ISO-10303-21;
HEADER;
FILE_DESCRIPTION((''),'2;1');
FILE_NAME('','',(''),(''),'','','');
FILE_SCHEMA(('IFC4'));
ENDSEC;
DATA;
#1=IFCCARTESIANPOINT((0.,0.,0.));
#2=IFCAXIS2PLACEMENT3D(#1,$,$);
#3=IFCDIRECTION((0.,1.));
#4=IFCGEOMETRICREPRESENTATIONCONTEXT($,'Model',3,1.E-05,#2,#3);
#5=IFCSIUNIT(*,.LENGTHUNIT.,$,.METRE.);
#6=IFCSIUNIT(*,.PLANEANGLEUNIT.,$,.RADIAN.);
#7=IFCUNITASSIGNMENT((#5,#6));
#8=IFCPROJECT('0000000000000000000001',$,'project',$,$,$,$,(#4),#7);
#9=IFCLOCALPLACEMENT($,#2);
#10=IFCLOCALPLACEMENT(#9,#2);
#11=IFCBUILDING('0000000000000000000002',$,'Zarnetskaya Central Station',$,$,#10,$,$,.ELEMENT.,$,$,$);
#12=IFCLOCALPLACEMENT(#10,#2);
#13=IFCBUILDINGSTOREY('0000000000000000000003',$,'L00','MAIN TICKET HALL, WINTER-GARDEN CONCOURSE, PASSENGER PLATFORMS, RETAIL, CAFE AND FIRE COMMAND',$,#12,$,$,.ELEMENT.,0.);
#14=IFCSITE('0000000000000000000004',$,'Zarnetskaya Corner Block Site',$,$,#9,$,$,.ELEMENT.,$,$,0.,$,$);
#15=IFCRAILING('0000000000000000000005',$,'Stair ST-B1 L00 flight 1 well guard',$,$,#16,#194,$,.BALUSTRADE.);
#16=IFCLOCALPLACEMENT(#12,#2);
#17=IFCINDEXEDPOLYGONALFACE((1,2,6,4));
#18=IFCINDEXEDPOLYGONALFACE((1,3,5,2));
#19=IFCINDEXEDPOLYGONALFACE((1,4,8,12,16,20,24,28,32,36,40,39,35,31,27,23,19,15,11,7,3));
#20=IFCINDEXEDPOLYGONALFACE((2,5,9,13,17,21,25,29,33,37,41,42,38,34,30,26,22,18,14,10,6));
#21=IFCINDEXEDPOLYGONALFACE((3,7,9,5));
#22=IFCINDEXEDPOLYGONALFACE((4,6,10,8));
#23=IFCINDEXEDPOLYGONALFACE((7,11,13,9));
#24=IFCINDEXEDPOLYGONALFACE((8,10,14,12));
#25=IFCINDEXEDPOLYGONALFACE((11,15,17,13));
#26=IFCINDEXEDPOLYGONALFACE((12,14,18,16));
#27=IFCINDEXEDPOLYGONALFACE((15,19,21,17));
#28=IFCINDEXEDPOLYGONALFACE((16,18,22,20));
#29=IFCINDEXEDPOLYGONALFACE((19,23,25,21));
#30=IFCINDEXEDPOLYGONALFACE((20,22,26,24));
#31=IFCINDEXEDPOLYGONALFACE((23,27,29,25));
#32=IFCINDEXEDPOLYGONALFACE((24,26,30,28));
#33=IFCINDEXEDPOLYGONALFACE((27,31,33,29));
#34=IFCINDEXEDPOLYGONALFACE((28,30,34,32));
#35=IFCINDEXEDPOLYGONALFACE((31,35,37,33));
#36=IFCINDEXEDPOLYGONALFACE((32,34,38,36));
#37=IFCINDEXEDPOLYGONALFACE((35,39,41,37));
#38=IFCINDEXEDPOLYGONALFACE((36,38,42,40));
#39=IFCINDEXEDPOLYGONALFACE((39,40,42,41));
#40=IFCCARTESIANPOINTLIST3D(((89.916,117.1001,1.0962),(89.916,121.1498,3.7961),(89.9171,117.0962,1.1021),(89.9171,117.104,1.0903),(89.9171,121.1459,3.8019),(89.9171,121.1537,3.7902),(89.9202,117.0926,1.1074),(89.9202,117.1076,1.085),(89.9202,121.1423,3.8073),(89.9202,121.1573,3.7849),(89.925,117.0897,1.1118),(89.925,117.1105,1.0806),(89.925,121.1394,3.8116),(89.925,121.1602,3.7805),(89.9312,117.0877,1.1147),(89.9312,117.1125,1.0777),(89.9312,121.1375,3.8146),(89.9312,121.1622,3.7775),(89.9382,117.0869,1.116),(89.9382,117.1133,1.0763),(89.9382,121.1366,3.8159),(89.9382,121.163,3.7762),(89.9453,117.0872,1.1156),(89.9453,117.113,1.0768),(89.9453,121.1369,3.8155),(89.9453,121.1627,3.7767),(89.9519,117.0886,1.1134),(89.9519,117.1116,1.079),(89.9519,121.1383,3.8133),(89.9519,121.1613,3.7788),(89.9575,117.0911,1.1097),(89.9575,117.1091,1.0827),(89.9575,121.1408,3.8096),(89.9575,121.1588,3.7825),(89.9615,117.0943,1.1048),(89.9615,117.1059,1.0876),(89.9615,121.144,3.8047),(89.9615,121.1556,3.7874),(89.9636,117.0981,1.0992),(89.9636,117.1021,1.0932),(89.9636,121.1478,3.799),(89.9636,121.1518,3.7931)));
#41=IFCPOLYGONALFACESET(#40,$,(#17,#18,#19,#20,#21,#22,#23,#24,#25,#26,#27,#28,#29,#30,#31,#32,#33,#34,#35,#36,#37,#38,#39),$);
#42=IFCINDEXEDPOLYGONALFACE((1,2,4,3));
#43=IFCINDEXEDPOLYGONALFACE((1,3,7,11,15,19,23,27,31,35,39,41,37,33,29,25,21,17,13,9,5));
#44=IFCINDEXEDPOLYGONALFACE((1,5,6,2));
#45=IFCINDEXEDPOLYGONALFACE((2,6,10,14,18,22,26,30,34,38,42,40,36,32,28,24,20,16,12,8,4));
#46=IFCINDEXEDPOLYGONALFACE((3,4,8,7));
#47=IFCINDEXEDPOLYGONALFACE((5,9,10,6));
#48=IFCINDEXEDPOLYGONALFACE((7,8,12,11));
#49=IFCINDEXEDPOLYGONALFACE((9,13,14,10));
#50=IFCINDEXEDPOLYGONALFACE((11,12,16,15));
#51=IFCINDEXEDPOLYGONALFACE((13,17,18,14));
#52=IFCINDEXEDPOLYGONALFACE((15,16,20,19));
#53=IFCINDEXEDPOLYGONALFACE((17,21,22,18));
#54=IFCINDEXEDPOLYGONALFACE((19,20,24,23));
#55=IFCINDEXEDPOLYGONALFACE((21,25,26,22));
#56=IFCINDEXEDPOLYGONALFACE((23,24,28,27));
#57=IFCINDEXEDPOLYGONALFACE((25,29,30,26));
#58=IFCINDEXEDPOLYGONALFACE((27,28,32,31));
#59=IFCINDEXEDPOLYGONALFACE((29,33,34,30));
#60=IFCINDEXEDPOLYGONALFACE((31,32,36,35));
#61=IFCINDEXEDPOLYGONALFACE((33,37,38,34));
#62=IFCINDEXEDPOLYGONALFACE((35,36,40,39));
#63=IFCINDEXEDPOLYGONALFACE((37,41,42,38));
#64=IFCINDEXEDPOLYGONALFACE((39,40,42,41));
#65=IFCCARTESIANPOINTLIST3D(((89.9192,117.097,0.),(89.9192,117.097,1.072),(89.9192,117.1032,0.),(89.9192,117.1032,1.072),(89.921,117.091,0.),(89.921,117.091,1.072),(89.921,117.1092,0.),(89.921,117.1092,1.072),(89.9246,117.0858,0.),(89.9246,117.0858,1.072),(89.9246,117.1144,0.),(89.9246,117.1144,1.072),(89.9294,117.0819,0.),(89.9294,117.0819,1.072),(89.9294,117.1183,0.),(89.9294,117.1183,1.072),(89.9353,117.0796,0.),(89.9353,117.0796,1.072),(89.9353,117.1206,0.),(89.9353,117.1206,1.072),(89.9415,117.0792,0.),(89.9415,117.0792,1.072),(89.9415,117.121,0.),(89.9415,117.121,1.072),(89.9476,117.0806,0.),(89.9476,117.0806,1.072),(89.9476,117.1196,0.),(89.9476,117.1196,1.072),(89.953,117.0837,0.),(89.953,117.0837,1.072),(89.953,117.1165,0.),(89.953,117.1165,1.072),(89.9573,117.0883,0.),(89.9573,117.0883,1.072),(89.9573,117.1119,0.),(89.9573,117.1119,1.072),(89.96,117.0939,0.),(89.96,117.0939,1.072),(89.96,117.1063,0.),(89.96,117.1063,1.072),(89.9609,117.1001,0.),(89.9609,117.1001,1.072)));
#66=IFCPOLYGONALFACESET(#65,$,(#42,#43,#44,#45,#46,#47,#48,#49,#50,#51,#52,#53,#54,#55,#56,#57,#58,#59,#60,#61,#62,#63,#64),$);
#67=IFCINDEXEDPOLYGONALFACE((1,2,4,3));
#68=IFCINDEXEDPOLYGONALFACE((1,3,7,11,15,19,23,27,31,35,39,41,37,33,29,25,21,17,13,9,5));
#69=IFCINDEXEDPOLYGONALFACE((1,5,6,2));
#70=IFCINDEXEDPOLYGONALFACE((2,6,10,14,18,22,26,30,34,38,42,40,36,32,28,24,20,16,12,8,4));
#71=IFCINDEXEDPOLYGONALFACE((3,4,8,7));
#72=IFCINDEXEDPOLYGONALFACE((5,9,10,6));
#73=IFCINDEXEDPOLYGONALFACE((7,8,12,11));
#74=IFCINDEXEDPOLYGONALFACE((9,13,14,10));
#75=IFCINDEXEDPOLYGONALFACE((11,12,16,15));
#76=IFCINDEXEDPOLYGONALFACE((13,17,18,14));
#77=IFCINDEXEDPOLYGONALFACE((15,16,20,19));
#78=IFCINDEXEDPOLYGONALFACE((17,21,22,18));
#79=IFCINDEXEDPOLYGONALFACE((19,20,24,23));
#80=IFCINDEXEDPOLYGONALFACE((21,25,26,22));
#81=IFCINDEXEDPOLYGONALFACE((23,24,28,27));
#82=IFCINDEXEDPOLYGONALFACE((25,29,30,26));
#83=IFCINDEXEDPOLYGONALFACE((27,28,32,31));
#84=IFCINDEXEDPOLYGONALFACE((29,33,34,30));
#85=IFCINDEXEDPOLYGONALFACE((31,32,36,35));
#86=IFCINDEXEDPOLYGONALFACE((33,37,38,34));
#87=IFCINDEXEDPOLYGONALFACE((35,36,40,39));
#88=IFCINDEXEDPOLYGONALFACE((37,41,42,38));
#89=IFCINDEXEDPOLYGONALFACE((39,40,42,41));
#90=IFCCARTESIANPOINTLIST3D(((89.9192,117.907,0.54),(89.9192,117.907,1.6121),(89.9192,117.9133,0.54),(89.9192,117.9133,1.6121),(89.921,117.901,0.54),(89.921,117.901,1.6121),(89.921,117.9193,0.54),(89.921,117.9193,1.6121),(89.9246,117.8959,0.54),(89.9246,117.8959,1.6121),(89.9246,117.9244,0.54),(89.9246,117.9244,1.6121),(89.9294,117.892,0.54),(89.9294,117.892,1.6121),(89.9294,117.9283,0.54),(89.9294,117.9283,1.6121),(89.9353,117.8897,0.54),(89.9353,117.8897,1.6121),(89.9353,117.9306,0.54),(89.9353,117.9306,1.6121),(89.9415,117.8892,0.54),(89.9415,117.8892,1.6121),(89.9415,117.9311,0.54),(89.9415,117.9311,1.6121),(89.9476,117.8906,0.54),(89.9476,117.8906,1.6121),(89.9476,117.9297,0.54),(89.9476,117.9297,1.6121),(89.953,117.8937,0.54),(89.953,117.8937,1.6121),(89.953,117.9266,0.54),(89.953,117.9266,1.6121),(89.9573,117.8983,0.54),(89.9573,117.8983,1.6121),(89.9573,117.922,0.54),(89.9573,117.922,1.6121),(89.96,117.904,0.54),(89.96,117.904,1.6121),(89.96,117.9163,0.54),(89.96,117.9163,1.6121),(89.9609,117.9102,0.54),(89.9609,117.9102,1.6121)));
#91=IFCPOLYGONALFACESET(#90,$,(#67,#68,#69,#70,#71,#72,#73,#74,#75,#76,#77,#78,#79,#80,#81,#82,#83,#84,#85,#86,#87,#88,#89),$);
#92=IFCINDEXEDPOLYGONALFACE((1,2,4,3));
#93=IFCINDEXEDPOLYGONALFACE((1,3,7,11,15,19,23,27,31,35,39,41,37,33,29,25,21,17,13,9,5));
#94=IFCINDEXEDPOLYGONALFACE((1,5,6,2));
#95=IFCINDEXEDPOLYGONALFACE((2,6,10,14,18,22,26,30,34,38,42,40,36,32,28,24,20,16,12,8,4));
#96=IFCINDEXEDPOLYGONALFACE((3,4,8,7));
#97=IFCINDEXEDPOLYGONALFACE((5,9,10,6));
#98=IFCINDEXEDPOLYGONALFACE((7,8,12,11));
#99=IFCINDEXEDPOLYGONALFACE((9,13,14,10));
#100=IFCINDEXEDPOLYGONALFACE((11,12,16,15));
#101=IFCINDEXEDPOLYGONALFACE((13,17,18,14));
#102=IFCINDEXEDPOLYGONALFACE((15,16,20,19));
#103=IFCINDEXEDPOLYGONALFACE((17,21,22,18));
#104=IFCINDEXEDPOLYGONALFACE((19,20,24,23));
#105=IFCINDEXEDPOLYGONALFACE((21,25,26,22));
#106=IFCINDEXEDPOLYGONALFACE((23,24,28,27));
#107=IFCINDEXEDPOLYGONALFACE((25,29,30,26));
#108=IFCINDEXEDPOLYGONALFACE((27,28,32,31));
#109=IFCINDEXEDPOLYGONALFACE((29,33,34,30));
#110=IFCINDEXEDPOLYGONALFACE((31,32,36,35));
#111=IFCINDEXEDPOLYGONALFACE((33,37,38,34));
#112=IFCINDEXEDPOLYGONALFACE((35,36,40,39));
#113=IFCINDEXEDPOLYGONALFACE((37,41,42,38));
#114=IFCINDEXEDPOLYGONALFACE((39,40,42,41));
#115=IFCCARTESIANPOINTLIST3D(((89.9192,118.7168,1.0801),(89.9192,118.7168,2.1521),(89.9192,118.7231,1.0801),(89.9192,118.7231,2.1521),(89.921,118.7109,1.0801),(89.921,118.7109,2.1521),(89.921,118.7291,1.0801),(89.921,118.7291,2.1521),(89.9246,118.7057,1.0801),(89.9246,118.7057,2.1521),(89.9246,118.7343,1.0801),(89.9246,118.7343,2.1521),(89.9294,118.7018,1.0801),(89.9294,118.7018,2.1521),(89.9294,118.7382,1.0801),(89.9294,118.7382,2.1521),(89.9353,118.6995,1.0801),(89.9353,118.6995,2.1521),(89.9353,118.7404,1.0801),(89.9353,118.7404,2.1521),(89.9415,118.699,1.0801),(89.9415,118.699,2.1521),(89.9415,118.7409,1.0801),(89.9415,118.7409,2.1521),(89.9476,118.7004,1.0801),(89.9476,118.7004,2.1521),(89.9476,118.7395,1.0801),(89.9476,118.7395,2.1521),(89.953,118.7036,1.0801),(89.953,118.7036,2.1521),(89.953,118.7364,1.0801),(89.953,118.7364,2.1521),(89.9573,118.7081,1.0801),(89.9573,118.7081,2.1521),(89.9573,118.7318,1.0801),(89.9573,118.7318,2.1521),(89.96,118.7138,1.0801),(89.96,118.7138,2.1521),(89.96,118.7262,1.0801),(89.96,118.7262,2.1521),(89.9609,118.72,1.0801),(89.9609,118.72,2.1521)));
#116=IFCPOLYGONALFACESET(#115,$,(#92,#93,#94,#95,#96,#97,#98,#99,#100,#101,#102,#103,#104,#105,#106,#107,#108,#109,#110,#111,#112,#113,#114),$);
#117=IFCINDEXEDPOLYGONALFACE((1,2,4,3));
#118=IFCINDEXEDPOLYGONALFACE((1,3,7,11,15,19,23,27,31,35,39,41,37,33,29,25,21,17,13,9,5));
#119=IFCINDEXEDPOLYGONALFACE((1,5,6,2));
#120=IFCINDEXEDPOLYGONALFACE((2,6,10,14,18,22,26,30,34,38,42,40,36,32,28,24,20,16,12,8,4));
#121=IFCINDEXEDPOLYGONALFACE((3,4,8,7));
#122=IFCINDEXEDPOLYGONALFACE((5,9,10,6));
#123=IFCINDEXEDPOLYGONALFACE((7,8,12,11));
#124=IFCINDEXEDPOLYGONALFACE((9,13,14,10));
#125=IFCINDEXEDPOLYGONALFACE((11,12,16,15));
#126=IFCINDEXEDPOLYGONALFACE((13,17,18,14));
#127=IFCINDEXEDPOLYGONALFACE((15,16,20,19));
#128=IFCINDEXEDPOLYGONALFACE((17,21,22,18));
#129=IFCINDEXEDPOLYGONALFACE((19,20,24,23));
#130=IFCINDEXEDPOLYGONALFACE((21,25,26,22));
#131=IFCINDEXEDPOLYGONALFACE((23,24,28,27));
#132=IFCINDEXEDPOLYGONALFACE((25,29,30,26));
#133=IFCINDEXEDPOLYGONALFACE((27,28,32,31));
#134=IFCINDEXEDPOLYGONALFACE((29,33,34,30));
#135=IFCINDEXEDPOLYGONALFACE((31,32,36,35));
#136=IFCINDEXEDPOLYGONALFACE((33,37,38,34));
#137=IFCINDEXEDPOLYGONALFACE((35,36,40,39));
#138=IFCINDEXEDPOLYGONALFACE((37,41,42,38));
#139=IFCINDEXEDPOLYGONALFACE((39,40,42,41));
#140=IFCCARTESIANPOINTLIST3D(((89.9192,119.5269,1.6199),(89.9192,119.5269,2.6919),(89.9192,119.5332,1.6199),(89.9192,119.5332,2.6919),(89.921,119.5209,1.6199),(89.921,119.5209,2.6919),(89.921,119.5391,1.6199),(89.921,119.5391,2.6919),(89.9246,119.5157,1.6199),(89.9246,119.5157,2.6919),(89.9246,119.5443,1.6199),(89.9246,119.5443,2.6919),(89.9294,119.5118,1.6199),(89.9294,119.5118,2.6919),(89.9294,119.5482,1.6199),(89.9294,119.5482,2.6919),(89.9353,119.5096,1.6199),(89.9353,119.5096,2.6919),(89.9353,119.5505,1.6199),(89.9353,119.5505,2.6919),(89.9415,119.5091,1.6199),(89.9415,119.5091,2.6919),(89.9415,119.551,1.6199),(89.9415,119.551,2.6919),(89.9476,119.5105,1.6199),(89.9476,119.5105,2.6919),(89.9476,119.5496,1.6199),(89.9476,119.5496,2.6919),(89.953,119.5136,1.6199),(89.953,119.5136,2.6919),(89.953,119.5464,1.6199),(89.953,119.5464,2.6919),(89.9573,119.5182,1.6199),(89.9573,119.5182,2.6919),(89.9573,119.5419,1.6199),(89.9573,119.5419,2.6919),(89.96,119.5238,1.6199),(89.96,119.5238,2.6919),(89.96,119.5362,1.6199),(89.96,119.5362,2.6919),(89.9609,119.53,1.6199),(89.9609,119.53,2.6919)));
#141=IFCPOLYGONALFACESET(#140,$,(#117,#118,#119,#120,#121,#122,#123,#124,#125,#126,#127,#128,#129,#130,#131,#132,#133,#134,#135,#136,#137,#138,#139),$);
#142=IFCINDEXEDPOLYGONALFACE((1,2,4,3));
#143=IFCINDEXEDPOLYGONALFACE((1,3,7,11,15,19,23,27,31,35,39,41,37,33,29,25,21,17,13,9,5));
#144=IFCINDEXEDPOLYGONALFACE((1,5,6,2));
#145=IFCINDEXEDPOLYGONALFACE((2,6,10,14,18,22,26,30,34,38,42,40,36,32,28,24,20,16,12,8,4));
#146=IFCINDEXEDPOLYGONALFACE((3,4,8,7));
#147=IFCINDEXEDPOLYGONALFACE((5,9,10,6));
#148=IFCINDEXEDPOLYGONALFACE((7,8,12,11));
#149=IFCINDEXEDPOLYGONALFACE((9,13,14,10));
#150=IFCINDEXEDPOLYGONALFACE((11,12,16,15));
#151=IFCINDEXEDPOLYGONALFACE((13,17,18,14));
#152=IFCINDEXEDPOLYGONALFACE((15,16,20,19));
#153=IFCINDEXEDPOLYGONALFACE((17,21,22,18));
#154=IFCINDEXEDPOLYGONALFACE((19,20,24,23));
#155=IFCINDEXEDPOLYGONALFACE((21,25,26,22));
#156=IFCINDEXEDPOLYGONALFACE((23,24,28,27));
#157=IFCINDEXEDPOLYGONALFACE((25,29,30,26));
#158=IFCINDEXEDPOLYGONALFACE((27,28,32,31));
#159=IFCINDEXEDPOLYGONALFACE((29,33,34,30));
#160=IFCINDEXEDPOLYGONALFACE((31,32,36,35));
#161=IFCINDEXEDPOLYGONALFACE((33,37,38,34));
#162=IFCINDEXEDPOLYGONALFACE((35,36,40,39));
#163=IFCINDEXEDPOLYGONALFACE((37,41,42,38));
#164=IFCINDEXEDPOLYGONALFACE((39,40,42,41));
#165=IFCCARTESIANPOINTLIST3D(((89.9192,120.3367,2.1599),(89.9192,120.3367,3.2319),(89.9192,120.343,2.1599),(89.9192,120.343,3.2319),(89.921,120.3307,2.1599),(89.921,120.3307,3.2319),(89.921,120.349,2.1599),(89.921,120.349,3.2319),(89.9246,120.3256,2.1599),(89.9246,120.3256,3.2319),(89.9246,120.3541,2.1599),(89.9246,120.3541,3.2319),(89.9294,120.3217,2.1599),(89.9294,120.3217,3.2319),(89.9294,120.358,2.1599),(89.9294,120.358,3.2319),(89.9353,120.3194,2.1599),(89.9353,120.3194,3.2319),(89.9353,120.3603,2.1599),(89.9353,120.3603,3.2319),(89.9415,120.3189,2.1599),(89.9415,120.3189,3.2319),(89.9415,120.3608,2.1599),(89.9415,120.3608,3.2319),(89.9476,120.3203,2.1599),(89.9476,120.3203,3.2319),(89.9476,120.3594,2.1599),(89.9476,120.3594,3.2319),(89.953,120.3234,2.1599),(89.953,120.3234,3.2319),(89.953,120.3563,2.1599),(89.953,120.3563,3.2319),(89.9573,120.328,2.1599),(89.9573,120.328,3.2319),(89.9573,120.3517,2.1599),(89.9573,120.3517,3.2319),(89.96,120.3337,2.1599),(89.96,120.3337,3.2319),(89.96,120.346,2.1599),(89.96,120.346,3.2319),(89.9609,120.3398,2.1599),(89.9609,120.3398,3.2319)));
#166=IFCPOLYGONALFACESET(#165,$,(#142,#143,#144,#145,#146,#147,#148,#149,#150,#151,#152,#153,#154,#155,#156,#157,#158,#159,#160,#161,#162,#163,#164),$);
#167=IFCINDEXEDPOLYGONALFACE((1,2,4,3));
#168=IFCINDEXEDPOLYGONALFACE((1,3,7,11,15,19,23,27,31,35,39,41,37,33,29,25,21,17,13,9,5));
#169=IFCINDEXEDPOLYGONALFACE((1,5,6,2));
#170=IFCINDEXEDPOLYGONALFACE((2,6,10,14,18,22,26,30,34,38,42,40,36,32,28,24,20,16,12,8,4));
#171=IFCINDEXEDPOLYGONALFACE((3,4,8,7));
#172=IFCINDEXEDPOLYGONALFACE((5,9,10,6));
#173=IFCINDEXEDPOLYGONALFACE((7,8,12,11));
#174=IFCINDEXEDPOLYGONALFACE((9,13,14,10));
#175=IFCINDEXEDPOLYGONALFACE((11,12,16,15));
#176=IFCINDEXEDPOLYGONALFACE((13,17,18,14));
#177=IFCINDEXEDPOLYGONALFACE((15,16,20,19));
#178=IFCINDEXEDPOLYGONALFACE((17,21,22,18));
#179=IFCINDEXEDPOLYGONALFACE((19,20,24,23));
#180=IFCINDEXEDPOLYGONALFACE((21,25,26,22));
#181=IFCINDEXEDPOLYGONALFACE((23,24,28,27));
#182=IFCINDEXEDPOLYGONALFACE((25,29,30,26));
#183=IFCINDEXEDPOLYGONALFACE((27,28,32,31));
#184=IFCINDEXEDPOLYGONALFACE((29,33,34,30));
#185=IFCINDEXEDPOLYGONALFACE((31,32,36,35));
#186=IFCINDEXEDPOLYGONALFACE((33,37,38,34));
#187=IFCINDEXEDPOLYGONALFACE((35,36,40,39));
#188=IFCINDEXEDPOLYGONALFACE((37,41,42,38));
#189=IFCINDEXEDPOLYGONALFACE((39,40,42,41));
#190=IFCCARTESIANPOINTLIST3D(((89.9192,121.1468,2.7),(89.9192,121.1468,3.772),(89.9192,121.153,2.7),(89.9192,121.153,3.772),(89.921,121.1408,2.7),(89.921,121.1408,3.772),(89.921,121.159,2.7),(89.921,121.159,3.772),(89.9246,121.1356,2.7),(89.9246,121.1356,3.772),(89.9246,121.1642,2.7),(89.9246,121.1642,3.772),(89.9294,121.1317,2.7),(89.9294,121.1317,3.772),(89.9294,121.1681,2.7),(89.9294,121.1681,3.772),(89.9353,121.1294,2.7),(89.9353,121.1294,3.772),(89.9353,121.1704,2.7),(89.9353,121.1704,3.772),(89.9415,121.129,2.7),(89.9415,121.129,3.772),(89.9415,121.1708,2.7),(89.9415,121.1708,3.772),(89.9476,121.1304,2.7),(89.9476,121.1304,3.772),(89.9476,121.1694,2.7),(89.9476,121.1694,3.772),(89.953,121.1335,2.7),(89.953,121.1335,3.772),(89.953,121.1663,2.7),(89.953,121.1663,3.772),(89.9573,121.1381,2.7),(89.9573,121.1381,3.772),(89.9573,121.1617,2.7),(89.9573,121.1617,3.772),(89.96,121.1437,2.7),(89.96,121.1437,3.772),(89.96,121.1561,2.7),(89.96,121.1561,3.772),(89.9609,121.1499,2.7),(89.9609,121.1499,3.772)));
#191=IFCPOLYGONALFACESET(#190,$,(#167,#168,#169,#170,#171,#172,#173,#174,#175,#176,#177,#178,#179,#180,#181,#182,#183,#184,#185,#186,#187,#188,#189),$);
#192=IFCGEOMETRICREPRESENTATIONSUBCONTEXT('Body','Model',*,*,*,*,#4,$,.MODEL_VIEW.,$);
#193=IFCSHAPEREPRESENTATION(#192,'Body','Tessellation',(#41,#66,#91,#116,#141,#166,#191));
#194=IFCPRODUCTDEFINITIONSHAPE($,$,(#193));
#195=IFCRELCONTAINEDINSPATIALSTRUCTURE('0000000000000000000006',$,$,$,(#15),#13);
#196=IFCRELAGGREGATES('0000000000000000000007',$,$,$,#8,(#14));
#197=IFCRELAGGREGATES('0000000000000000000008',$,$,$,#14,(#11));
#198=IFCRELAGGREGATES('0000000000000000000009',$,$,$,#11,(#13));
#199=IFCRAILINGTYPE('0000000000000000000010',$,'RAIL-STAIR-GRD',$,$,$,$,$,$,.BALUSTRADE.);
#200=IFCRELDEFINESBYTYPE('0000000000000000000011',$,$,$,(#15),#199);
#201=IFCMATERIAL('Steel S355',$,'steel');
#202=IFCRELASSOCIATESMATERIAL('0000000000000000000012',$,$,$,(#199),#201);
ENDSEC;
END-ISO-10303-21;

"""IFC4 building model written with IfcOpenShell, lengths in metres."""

from ifc_helpers import new_model, si_unit, direction, frame, origin, origin_2d, place, context, subcontext, project, spatial, circle, extrude, material, type_object, element, save


model = new_model("IFC4")

# Units and contexts
model_context = context("Model", 3, precision=1e-05, world=origin(), true_north=direction((0.0, 1.0)))
body_context = subcontext(model_context, "Body", "Model", "MODEL_VIEW")
ifc_project = project(units=[si_unit("LENGTHUNIT", "METRE"), si_unit("PLANEANGLEUNIT", "RADIAN")], contexts=[model_context])

# Site, building, storey
site_placement = place(None, origin())
site = spatial("IfcSite", under=ifc_project, at=site_placement, Name="Zarnetskaya Corner Block Site", CompositionType="ELEMENT", RefElevation=0.0)
building_placement = place(site_placement, origin())
building = spatial("IfcBuilding", under=site, at=building_placement, Name="Zarnetskaya Central Station", CompositionType="ELEMENT")
storey_placement = place(building_placement, origin())
storey = spatial("IfcBuildingStorey", under=building, at=storey_placement, Name="L00", Description="MAIN TICKET HALL, WINTER-GARDEN CONCOURSE, PASSENGER PLATFORMS, RETAIL, CAFE AND FIRE COMMAND", CompositionType="ELEMENT", Elevation=0.0)

# Shared definitions
ifc_material_1 = material(Name="Steel S355", Category="steel")

# Railing
railing_type_1 = type_object("IfcRailingType", Name="RAIL-STAIR-GRD", PredefinedType="BALUSTRADE", material=ifc_material_1)
railing_1_placement = place(storey_placement, frame((89.9399, 117.1001, 0.0)))
element("IfcRailing", 1, at=railing_1_placement, inside=storey, type_object=railing_type_1, Name="Stair ST-B1 L00 flight 1 well guard", PredefinedType="BALUSTRADE", context=body_context, shape_type="SweptSolid", body=[
    extrude(circle(Radius=0.0239, at=origin_2d()), frame((0.0, 0.0, 1.0962), z_axis=(0.0, 0.832043, 0.554712), x_axis=(-1.0, 0.0, 0.0)), (0.0, 0.0, 1.0), 4.8672),
    extrude(circle(Radius=0.021, at=origin_2d()), origin(), (0.0, 0.0, 1.0), 1.072),
    extrude(circle(Radius=0.021, at=origin_2d()), frame((0.0, 0.8101, 0.54)), (0.0, 0.0, 1.0), 1.072),
    extrude(circle(Radius=0.021, at=origin_2d()), frame((0.0, 1.6199, 1.0801)), (0.0, 0.0, 1.0), 1.072),
    extrude(circle(Radius=0.021, at=origin_2d()), frame((0.0, 2.4299, 1.6199)), (0.0, 0.0, 1.0), 1.072),
    extrude(circle(Radius=0.021, at=origin_2d()), frame((0.0, 3.2397, 2.1599)), (0.0, 0.0, 1.0), 1.072),
    extrude(circle(Radius=0.021, at=origin_2d()), frame((0.0, 4.0498, 2.7)), (0.0, 0.0, 1.0), 1.072),
])

save(model, "model.ifc")
